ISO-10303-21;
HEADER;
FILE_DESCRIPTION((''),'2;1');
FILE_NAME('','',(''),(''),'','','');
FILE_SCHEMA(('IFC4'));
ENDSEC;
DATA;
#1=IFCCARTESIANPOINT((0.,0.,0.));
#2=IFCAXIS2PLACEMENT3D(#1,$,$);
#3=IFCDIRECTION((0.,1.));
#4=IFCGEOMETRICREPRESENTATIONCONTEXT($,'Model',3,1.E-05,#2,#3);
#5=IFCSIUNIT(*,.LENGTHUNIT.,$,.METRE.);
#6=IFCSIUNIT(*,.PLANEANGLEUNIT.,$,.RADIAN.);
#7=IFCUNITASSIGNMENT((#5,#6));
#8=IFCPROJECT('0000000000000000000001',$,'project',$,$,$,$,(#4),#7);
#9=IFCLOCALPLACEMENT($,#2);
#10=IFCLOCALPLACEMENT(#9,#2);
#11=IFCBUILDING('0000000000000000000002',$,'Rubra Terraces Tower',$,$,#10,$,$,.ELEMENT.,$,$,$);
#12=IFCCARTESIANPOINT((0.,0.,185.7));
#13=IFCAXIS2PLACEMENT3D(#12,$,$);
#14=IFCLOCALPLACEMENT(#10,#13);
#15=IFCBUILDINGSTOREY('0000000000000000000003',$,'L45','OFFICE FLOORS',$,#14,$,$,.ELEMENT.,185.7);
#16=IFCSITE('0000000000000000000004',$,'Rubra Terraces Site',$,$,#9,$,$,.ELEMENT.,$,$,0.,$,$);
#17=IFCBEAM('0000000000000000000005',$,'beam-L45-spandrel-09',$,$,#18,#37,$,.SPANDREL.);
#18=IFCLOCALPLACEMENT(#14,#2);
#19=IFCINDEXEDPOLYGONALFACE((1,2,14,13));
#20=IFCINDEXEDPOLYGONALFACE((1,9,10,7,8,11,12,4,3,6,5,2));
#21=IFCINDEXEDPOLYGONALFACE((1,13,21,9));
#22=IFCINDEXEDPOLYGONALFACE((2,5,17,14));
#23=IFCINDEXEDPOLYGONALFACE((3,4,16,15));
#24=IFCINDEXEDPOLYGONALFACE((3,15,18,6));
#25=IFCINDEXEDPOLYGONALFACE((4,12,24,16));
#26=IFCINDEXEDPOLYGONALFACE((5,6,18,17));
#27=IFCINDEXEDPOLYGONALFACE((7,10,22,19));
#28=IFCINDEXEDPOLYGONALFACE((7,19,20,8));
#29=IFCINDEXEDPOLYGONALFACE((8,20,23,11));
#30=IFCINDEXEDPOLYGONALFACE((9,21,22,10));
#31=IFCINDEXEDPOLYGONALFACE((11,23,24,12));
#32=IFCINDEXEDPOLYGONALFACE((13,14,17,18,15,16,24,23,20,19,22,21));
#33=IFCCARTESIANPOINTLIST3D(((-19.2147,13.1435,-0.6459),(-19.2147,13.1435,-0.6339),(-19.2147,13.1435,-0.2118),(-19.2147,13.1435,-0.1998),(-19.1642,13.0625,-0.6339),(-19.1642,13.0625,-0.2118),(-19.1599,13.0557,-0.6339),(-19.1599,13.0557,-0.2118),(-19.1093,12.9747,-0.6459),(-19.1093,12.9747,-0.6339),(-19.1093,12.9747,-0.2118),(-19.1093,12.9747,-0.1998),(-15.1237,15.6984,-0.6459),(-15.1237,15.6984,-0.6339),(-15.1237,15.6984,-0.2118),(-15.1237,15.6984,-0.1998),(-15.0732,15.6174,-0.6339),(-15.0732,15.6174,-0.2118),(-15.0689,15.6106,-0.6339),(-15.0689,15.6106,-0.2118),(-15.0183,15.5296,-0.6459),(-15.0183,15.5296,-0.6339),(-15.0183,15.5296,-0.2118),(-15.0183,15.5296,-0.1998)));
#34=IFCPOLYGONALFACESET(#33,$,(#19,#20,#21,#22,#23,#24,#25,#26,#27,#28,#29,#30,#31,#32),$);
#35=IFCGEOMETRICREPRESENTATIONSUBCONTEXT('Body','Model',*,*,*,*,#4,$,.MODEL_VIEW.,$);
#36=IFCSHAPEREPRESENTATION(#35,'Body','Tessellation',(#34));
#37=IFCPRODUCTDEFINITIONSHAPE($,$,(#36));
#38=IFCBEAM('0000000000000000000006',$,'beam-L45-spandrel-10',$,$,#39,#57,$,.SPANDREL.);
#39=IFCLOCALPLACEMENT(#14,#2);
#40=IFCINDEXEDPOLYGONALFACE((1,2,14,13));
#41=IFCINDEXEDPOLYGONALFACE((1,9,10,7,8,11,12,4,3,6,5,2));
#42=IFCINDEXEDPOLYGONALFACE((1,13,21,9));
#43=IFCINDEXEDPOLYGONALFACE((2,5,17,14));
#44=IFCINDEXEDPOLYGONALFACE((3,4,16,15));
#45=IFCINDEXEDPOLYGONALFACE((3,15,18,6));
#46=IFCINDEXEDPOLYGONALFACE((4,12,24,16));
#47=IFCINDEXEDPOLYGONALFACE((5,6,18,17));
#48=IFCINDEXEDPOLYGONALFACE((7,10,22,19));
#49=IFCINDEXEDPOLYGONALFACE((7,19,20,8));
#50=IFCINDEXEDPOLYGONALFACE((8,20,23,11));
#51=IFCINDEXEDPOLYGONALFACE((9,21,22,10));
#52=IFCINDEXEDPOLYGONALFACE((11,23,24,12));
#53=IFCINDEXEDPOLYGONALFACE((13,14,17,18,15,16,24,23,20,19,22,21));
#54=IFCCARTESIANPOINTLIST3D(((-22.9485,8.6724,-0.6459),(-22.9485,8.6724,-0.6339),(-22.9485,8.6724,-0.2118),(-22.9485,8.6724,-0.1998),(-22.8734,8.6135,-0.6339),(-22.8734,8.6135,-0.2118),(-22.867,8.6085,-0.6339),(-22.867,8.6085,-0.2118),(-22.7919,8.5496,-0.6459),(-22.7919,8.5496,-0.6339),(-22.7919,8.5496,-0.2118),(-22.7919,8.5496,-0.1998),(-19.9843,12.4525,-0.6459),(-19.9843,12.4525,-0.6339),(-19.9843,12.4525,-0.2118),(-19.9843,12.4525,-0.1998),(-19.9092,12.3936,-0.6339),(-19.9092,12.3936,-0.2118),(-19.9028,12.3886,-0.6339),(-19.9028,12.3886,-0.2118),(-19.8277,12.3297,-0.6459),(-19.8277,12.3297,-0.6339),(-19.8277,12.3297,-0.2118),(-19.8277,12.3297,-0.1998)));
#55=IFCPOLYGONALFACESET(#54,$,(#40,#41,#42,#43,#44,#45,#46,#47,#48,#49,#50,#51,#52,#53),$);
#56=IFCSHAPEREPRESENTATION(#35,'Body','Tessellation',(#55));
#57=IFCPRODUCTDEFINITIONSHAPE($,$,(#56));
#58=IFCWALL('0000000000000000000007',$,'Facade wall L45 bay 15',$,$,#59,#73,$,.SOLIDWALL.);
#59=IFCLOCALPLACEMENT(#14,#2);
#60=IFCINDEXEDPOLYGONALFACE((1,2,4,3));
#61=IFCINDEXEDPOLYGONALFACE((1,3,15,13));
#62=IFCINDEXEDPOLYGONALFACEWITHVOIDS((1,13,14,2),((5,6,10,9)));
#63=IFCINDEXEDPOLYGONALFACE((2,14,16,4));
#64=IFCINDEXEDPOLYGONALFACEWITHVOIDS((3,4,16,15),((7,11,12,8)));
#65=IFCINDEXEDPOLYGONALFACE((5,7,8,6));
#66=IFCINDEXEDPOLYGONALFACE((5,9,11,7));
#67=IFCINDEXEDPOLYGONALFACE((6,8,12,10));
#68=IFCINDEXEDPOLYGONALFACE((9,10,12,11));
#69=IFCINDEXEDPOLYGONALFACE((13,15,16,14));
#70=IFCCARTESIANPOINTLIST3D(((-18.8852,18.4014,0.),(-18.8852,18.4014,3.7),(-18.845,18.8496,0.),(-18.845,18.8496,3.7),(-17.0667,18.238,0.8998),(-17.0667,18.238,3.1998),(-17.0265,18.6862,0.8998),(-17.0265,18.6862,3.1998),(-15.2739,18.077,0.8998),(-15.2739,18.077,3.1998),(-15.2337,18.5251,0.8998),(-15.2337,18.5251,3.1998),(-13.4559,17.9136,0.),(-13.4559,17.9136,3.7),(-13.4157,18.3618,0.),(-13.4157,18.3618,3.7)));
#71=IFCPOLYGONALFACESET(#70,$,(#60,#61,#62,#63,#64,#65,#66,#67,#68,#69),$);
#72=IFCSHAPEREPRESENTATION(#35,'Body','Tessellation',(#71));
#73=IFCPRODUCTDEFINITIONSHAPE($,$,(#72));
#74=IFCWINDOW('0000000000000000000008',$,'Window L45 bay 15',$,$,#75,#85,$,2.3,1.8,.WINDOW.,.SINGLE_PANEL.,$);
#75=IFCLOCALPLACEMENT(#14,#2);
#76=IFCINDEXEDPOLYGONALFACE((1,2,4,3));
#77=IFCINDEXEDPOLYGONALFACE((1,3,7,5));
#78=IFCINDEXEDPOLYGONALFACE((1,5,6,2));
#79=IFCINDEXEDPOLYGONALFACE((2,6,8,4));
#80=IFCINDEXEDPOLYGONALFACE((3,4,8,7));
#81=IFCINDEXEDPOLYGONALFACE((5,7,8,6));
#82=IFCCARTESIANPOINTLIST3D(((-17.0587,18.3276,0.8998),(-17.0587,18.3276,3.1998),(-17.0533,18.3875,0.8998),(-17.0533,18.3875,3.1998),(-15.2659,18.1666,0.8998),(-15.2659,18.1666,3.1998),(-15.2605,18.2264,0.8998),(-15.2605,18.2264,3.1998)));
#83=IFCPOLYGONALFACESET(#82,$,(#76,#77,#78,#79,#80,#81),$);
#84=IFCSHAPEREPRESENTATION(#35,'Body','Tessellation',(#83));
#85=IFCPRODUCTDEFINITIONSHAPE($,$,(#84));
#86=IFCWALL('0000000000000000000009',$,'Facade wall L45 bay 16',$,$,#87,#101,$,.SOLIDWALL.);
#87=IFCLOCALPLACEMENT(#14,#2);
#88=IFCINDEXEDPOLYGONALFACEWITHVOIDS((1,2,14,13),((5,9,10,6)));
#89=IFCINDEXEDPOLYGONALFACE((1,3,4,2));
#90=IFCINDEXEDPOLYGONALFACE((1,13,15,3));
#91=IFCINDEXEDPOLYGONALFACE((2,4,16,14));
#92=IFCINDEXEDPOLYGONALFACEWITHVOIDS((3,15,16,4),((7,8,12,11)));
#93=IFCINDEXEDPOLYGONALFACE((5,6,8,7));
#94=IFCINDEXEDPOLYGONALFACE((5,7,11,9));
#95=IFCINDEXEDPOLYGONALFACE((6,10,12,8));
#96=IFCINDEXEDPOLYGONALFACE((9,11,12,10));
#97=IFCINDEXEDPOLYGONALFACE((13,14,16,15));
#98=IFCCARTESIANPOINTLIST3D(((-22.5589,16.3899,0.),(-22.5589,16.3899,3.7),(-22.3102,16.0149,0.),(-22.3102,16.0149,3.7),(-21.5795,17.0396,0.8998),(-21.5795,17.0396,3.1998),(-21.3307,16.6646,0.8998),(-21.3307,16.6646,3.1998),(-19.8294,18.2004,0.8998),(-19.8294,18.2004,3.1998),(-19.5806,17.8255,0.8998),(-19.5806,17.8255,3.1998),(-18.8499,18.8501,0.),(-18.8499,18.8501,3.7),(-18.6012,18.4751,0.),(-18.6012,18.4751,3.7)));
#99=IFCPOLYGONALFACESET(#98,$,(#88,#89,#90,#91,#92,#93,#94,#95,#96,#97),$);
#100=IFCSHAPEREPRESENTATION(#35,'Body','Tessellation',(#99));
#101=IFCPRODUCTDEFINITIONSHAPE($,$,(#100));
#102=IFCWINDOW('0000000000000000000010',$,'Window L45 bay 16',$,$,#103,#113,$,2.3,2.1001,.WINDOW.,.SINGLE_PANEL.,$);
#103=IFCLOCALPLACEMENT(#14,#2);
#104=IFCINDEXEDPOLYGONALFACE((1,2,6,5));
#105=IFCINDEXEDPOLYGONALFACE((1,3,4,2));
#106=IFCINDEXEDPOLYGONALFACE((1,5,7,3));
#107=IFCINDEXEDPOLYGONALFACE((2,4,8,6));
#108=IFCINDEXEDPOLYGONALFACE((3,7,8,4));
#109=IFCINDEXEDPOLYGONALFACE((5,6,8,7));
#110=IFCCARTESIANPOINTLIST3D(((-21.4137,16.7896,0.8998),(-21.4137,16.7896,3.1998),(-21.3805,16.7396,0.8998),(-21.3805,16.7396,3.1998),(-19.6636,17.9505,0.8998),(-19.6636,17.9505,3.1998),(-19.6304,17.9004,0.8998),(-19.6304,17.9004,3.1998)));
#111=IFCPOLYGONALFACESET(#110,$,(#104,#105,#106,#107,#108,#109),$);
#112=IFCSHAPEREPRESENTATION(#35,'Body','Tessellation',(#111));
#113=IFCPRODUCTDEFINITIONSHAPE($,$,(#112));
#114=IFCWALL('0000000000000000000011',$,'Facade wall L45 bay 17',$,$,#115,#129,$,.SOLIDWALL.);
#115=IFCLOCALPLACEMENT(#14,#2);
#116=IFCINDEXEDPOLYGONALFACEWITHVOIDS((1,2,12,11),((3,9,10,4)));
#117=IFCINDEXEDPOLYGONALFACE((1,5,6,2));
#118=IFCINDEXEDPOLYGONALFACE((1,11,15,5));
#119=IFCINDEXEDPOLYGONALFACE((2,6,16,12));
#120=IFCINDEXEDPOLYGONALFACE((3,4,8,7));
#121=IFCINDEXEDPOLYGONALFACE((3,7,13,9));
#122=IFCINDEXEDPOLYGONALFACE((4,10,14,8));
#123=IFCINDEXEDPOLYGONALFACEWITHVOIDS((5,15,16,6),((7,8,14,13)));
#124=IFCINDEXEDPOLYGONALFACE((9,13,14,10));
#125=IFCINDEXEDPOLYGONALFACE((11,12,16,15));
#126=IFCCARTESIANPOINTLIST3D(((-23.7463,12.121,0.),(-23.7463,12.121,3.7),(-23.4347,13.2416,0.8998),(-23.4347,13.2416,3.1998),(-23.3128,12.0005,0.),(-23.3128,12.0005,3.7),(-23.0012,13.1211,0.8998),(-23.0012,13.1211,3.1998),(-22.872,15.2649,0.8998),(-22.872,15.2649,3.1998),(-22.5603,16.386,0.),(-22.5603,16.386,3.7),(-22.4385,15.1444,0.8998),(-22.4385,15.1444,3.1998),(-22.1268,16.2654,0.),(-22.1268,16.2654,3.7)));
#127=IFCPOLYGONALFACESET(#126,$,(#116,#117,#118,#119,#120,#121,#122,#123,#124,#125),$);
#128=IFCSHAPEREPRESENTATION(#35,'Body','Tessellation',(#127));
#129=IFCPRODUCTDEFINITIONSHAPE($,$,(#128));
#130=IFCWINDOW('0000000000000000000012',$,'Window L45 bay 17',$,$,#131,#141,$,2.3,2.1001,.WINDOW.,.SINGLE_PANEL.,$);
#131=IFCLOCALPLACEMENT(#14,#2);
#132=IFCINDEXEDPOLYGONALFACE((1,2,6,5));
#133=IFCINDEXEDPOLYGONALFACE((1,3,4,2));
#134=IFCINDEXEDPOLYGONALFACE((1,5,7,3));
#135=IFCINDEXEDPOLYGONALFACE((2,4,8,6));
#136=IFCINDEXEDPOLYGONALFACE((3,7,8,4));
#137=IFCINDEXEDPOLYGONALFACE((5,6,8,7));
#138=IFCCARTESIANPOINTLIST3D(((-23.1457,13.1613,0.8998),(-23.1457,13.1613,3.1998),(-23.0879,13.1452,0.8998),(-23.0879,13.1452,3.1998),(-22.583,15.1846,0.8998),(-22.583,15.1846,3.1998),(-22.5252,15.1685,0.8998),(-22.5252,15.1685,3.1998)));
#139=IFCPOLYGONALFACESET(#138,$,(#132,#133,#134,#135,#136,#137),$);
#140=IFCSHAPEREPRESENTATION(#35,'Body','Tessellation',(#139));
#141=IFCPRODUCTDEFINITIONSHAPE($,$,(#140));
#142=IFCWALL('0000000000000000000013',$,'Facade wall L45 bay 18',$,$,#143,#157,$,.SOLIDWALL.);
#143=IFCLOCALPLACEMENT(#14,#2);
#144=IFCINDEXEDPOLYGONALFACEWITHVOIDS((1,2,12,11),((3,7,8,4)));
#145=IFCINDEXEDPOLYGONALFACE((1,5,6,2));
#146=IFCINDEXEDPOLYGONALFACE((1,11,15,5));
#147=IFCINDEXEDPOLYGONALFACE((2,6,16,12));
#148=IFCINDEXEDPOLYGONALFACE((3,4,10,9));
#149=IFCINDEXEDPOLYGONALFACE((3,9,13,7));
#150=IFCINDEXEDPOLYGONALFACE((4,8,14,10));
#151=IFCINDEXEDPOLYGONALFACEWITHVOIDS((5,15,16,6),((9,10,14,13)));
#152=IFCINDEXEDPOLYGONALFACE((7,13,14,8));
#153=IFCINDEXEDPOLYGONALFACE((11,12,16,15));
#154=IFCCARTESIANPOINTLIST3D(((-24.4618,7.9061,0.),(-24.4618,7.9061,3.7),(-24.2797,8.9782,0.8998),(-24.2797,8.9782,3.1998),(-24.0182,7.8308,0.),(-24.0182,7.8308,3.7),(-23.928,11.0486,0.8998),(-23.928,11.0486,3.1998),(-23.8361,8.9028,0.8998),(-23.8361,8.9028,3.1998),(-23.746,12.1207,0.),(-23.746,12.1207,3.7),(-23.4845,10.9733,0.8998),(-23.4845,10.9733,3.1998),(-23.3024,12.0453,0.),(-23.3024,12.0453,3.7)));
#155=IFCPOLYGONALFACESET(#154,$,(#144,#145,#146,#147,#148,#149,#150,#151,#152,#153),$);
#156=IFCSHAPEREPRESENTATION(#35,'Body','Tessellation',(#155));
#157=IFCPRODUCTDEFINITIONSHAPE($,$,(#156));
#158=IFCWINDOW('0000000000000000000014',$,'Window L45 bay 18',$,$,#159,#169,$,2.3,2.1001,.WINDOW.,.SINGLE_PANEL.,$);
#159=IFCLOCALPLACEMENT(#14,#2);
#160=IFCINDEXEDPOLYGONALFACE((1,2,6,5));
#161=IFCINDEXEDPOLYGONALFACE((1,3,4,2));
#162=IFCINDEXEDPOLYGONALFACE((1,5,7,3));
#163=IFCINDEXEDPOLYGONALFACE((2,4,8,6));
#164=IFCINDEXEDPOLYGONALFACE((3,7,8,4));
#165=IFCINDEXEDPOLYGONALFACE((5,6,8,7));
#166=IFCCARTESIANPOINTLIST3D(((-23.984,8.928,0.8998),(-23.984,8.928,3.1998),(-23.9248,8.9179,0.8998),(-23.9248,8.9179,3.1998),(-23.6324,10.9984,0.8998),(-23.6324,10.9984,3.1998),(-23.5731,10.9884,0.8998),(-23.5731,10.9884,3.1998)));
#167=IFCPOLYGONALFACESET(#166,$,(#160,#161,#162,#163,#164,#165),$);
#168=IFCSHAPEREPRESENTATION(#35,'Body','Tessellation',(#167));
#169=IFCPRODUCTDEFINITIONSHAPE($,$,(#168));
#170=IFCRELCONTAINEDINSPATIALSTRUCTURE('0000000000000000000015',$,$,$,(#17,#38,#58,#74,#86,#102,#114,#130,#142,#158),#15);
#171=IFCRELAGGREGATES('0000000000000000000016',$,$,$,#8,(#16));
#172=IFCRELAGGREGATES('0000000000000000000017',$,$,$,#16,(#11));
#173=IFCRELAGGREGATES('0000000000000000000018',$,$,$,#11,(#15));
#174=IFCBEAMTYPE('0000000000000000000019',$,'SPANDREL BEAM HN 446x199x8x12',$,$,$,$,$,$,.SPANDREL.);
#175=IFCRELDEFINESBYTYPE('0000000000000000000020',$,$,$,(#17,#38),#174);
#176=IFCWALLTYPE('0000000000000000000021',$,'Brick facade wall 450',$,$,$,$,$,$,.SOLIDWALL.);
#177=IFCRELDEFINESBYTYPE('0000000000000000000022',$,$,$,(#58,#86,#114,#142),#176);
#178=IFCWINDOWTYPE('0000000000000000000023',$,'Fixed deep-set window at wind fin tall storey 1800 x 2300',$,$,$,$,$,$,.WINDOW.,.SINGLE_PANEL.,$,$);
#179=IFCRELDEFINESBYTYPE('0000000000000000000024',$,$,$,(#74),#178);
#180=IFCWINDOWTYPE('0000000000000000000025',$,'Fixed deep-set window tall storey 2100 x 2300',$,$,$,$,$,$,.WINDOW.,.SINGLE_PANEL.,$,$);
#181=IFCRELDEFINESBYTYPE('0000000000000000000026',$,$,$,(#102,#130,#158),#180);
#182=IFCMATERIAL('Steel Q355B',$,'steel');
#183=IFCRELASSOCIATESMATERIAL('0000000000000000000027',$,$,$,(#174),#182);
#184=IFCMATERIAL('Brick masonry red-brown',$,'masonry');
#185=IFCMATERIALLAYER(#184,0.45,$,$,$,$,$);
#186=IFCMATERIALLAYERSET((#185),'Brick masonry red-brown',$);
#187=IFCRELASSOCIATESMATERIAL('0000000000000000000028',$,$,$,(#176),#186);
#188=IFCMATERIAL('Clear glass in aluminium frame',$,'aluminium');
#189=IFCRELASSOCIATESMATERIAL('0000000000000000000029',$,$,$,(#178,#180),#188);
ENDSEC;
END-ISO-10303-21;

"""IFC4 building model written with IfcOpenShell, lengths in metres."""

from ifc_helpers import new_model, si_unit, direction, frame, frame_2d, origin, origin_2d, place, context, subcontext, project, spatial, rectangle, i_section, extrude, material, layer, layer_set, material_profile, profile_set, type_object, element, fill, save


model = new_model("IFC4")

# Units and contexts
model_context = context("Model", 3, precision=1e-05, world=origin(), true_north=direction((0.0, 1.0)))
body_context = subcontext(model_context, "Body", "Model", "MODEL_VIEW")
ifc_project = project(units=[si_unit("LENGTHUNIT", "METRE"), si_unit("PLANEANGLEUNIT", "RADIAN")], contexts=[model_context])

# Site, building, storey
site_placement = place(None, origin())
site = spatial("IfcSite", under=ifc_project, at=site_placement, Name="Rubra Terraces Site", CompositionType="ELEMENT", RefElevation=0.0)
building_placement = place(site_placement, origin())
building = spatial("IfcBuilding", under=site, at=building_placement, Name="Rubra Terraces Tower", CompositionType="ELEMENT")
storey_placement = place(building_placement, frame((0.0, 0.0, 185.7)))
storey = spatial("IfcBuildingStorey", under=building, at=storey_placement, Name="L45", Description="OFFICE FLOORS", CompositionType="ELEMENT", Elevation=185.7)

# Beams
ifc_material_1 = material(Name="Steel Q355B", Category="steel")
ifc_material_profile_1 = material_profile(ifc_material_1, i_section(OverallWidth=0.199, OverallDepth=0.446, WebThickness=0.0081, FlangeThickness=0.012, at=origin_2d()), Name="HN 446x199x8x12")
ifc_profile_set_1 = profile_set([ifc_material_profile_1], Name="Steel Q355B")
beam_type_1 = type_object("IfcBeamType", Name="SPANDREL BEAM HN 446x199x8x12", PredefinedType="SPANDREL", material=ifc_profile_set_1)
beam_1_placement = place(storey_placement, frame((-15.071, 15.614, -0.4229), z_axis=(-0.848183, -0.529703, 0.0), x_axis=(0.529703, -0.848183, 0.0)))
element("IfcBeam", 1, at=beam_1_placement, inside=storey, type_object=beam_type_1, Name="beam-L45-spandrel-09", PredefinedType="SPANDREL", context=body_context, shape_type="SweptSolid", body=[
    extrude(i_section(OverallWidth=0.199, OverallDepth=0.446, WebThickness=0.0081, FlangeThickness=0.012, at=origin_2d()), origin(), (0.0, 0.0, 1.0), 4.8232),
])
beam_2_placement = place(storey_placement, frame((-19.906, 12.3911, -0.4229), z_axis=(-0.61706, -0.786916, 0.0), x_axis=(0.786916, -0.61706, 0.0)))
element("IfcBeam", 2, at=beam_2_placement, inside=storey, type_object=beam_type_1, Name="beam-L45-spandrel-10", PredefinedType="SPANDREL", context=body_context, shape_type="SweptSolid", body=[
    extrude(i_section(OverallWidth=0.199, OverallDepth=0.446, WebThickness=0.0081, FlangeThickness=0.012, at=origin_2d()), origin(), (0.0, 0.0, 1.0), 4.8037),
])

# Walls, openings, windows
ifc_material_2 = material(Name="Brick masonry red-brown", Category="masonry")
ifc_layer_1 = layer(ifc_material_2, 0.45)
ifc_layer_set_1 = layer_set([ifc_layer_1], Name="Brick masonry red-brown")
wall_type_1 = type_object("IfcWallType", Name="Brick facade wall 450", PredefinedType="SOLIDWALL", material=ifc_layer_set_1)
wall_1_placement = place(storey_placement, frame((-13.4358, 18.1377, 0.0), z_axis=(0.0, 0.0, 1.0), x_axis=(-0.995988, 0.089486, 0.0)))
wall_1 = element("IfcWall", 3, at=wall_1_placement, inside=storey, type_object=wall_type_1, Name="Facade wall L45 bay 15", PredefinedType="SOLIDWALL", context=body_context, shape_type="SweptSolid", body=[
    extrude(rectangle(XDim=5.4512, YDim=0.45, at=frame_2d((2.7256, 0.0))), origin(), (0.0, 0.0, 1.0), 3.7),
])
opening_1_placement = place(wall_1_placement, frame((1.8254, 0.0, 0.8999)))
opening_1 = element("IfcOpeningElement", 4, at=opening_1_placement, cuts=wall_1, PredefinedType="OPENING", context=body_context, shape_type="SweptSolid", body=[
    extrude(rectangle(XDim=1.8, YDim=2.3, at=frame_2d((0.8999, 1.1499))), frame((0.0, 0.2349, 0.0), z_axis=(0.0, -1.0, 0.0), x_axis=(1.0, 0.0, 0.0)), (0.0, 0.0, 1.0), 0.47),
])
ifc_material_3 = material(Name="Clear glass in aluminium frame", Category="aluminium")
window_type_1 = type_object("IfcWindowType", Name="Fixed deep-set window at wind fin tall storey 1800 x 2300", PartitioningType="SINGLE_PANEL", PredefinedType="WINDOW", material=ifc_material_3)
window_1_placement = place(opening_1_placement, origin())
window_1 = element("IfcWindow", 5, at=window_1_placement, inside=storey, type_object=window_type_1, Name="Window L45 bay 15", OverallHeight=2.3, OverallWidth=1.8, PartitioningType="SINGLE_PANEL", PredefinedType="WINDOW", context=body_context, shape_type="SweptSolid", body=[
    extrude(rectangle(XDim=1.8, YDim=2.3, at=frame_2d((0.8999, 1.1499))), frame((0.0, 0.135, 0.0), z_axis=(0.0, -1.0, 0.0), x_axis=(1.0, 0.0, 0.0)), (0.0, 0.0, 1.0), 0.0601),
])
fill(opening_1, window_1)
wall_2_placement = place(storey_placement, frame((-18.7256, 18.6626, 0.0), z_axis=(0.0, 0.0, 1.0), x_axis=(-0.833339, -0.552762, 0.0)))
wall_2 = element("IfcWall", 6, at=wall_2_placement, inside=storey, type_object=wall_type_1, Name="Facade wall L45 bay 16", PredefinedType="SOLIDWALL", context=body_context, shape_type="SweptSolid", body=[
    extrude(rectangle(XDim=4.4507, YDim=0.45, at=frame_2d((2.2253, 0.0))), origin(), (0.0, 0.0, 1.0), 3.7),
])
opening_2_placement = place(wall_2_placement, frame((1.1753, 0.0, 0.8999)))
opening_2 = element("IfcOpeningElement", 7, at=opening_2_placement, cuts=wall_2, PredefinedType="OPENING", context=body_context, shape_type="SweptSolid", body=[
    extrude(rectangle(XDim=2.1001, YDim=2.3, at=frame_2d((1.05, 1.1499))), frame((0.0, 0.2349, 0.0), z_axis=(0.0, -1.0, 0.0), x_axis=(1.0, 0.0, 0.0)), (0.0, 0.0, 1.0), 0.47),
])
window_type_2 = type_object("IfcWindowType", Name="Fixed deep-set window tall storey 2100 x 2300", PartitioningType="SINGLE_PANEL", PredefinedType="WINDOW", material=ifc_material_3)
window_2_placement = place(opening_2_placement, origin())
window_2 = element("IfcWindow", 8, at=window_2_placement, inside=storey, type_object=window_type_2, Name="Window L45 bay 16", OverallHeight=2.3, OverallWidth=2.1001, PartitioningType="SINGLE_PANEL", PredefinedType="WINDOW", context=body_context, shape_type="SweptSolid", body=[
    extrude(rectangle(XDim=2.1001, YDim=2.3, at=frame_2d((1.05, 1.1499))), frame((0.0, 0.135, 0.0), z_axis=(0.0, -1.0, 0.0), x_axis=(1.0, 0.0, 0.0)), (0.0, 0.0, 1.0), 0.0601),
])
fill(opening_2, window_2)
wall_3_placement = place(storey_placement, frame((-22.3435, 16.3257, 0.0), z_axis=(0.0, 0.0, 1.0), x_axis=(-0.267925, -0.96344, 0.0)))
wall_3 = element("IfcWall", 9, at=wall_3_placement, inside=storey, type_object=wall_type_1, Name="Facade wall L45 bay 17", PredefinedType="SOLIDWALL", context=body_context, shape_type="SweptSolid", body=[
    extrude(rectangle(XDim=4.4268, YDim=0.45, at=frame_2d((2.2134, 0.0))), origin(), (0.0, 0.0, 1.0), 3.7),
])
opening_3_placement = place(wall_3_placement, frame((1.1636, 0.0, 0.8999)))
opening_3 = element("IfcOpeningElement", 10, at=opening_3_placement, cuts=wall_3, PredefinedType="OPENING", context=body_context, shape_type="SweptSolid", body=[
    extrude(rectangle(XDim=2.1001, YDim=2.3, at=frame_2d((1.05, 1.1499))), frame((0.0, 0.2349, 0.0), z_axis=(0.0, -1.0, 0.0), x_axis=(1.0, 0.0, 0.0)), (0.0, 0.0, 1.0), 0.47),
])
window_3_placement = place(opening_3_placement, origin())
window_3 = element("IfcWindow", 11, at=window_3_placement, inside=storey, type_object=window_type_2, Name="Window L45 bay 17", OverallHeight=2.3, OverallWidth=2.1001, PartitioningType="SINGLE_PANEL", PredefinedType="WINDOW", context=body_context, shape_type="SweptSolid", body=[
    extrude(rectangle(XDim=2.1001, YDim=2.3, at=frame_2d((1.05, 1.1499))), frame((0.0, 0.135, 0.0), z_axis=(0.0, -1.0, 0.0), x_axis=(1.0, 0.0, 0.0)), (0.0, 0.0, 1.0), 0.0601),
])
fill(opening_3, window_3)
wall_4_placement = place(storey_placement, frame((-23.5242, 12.083, 0.0), z_axis=(0.0, 0.0, 1.0), x_axis=(-0.167445, -0.985881, 0.0)))
wall_4 = element("IfcWall", 12, at=wall_4_placement, inside=storey, type_object=wall_type_1, Name="Facade wall L45 bay 18", PredefinedType="SOLIDWALL", context=body_context, shape_type="SweptSolid", body=[
    extrude(rectangle(XDim=4.2749, YDim=0.45, at=frame_2d((2.1375, 0.0))), origin(), (0.0, 0.0, 1.0), 3.7),
])
opening_4_placement = place(wall_4_placement, frame((1.0874, 0.0, 0.8999)))
opening_4 = element("IfcOpeningElement", 13, at=opening_4_placement, cuts=wall_4, PredefinedType="OPENING", context=body_context, shape_type="SweptSolid", body=[
    extrude(rectangle(XDim=2.1001, YDim=2.3, at=frame_2d((1.05, 1.1499))), frame((0.0, 0.2349, 0.0), z_axis=(0.0, -1.0, 0.0), x_axis=(1.0, 0.0, 0.0)), (0.0, 0.0, 1.0), 0.47),
])
window_4_placement = place(opening_4_placement, origin())
window_4 = element("IfcWindow", 14, at=window_4_placement, inside=storey, type_object=window_type_2, Name="Window L45 bay 18", OverallHeight=2.3, OverallWidth=2.1001, PartitioningType="SINGLE_PANEL", PredefinedType="WINDOW", context=body_context, shape_type="SweptSolid", body=[
    extrude(rectangle(XDim=2.1001, YDim=2.3, at=frame_2d((1.05, 1.1499))), frame((0.0, 0.135, 0.0), z_axis=(0.0, -1.0, 0.0), x_axis=(1.0, 0.0, 0.0)), (0.0, 0.0, 1.0), 0.0601),
])
fill(opening_4, window_4)

save(model, "model.ifc")
